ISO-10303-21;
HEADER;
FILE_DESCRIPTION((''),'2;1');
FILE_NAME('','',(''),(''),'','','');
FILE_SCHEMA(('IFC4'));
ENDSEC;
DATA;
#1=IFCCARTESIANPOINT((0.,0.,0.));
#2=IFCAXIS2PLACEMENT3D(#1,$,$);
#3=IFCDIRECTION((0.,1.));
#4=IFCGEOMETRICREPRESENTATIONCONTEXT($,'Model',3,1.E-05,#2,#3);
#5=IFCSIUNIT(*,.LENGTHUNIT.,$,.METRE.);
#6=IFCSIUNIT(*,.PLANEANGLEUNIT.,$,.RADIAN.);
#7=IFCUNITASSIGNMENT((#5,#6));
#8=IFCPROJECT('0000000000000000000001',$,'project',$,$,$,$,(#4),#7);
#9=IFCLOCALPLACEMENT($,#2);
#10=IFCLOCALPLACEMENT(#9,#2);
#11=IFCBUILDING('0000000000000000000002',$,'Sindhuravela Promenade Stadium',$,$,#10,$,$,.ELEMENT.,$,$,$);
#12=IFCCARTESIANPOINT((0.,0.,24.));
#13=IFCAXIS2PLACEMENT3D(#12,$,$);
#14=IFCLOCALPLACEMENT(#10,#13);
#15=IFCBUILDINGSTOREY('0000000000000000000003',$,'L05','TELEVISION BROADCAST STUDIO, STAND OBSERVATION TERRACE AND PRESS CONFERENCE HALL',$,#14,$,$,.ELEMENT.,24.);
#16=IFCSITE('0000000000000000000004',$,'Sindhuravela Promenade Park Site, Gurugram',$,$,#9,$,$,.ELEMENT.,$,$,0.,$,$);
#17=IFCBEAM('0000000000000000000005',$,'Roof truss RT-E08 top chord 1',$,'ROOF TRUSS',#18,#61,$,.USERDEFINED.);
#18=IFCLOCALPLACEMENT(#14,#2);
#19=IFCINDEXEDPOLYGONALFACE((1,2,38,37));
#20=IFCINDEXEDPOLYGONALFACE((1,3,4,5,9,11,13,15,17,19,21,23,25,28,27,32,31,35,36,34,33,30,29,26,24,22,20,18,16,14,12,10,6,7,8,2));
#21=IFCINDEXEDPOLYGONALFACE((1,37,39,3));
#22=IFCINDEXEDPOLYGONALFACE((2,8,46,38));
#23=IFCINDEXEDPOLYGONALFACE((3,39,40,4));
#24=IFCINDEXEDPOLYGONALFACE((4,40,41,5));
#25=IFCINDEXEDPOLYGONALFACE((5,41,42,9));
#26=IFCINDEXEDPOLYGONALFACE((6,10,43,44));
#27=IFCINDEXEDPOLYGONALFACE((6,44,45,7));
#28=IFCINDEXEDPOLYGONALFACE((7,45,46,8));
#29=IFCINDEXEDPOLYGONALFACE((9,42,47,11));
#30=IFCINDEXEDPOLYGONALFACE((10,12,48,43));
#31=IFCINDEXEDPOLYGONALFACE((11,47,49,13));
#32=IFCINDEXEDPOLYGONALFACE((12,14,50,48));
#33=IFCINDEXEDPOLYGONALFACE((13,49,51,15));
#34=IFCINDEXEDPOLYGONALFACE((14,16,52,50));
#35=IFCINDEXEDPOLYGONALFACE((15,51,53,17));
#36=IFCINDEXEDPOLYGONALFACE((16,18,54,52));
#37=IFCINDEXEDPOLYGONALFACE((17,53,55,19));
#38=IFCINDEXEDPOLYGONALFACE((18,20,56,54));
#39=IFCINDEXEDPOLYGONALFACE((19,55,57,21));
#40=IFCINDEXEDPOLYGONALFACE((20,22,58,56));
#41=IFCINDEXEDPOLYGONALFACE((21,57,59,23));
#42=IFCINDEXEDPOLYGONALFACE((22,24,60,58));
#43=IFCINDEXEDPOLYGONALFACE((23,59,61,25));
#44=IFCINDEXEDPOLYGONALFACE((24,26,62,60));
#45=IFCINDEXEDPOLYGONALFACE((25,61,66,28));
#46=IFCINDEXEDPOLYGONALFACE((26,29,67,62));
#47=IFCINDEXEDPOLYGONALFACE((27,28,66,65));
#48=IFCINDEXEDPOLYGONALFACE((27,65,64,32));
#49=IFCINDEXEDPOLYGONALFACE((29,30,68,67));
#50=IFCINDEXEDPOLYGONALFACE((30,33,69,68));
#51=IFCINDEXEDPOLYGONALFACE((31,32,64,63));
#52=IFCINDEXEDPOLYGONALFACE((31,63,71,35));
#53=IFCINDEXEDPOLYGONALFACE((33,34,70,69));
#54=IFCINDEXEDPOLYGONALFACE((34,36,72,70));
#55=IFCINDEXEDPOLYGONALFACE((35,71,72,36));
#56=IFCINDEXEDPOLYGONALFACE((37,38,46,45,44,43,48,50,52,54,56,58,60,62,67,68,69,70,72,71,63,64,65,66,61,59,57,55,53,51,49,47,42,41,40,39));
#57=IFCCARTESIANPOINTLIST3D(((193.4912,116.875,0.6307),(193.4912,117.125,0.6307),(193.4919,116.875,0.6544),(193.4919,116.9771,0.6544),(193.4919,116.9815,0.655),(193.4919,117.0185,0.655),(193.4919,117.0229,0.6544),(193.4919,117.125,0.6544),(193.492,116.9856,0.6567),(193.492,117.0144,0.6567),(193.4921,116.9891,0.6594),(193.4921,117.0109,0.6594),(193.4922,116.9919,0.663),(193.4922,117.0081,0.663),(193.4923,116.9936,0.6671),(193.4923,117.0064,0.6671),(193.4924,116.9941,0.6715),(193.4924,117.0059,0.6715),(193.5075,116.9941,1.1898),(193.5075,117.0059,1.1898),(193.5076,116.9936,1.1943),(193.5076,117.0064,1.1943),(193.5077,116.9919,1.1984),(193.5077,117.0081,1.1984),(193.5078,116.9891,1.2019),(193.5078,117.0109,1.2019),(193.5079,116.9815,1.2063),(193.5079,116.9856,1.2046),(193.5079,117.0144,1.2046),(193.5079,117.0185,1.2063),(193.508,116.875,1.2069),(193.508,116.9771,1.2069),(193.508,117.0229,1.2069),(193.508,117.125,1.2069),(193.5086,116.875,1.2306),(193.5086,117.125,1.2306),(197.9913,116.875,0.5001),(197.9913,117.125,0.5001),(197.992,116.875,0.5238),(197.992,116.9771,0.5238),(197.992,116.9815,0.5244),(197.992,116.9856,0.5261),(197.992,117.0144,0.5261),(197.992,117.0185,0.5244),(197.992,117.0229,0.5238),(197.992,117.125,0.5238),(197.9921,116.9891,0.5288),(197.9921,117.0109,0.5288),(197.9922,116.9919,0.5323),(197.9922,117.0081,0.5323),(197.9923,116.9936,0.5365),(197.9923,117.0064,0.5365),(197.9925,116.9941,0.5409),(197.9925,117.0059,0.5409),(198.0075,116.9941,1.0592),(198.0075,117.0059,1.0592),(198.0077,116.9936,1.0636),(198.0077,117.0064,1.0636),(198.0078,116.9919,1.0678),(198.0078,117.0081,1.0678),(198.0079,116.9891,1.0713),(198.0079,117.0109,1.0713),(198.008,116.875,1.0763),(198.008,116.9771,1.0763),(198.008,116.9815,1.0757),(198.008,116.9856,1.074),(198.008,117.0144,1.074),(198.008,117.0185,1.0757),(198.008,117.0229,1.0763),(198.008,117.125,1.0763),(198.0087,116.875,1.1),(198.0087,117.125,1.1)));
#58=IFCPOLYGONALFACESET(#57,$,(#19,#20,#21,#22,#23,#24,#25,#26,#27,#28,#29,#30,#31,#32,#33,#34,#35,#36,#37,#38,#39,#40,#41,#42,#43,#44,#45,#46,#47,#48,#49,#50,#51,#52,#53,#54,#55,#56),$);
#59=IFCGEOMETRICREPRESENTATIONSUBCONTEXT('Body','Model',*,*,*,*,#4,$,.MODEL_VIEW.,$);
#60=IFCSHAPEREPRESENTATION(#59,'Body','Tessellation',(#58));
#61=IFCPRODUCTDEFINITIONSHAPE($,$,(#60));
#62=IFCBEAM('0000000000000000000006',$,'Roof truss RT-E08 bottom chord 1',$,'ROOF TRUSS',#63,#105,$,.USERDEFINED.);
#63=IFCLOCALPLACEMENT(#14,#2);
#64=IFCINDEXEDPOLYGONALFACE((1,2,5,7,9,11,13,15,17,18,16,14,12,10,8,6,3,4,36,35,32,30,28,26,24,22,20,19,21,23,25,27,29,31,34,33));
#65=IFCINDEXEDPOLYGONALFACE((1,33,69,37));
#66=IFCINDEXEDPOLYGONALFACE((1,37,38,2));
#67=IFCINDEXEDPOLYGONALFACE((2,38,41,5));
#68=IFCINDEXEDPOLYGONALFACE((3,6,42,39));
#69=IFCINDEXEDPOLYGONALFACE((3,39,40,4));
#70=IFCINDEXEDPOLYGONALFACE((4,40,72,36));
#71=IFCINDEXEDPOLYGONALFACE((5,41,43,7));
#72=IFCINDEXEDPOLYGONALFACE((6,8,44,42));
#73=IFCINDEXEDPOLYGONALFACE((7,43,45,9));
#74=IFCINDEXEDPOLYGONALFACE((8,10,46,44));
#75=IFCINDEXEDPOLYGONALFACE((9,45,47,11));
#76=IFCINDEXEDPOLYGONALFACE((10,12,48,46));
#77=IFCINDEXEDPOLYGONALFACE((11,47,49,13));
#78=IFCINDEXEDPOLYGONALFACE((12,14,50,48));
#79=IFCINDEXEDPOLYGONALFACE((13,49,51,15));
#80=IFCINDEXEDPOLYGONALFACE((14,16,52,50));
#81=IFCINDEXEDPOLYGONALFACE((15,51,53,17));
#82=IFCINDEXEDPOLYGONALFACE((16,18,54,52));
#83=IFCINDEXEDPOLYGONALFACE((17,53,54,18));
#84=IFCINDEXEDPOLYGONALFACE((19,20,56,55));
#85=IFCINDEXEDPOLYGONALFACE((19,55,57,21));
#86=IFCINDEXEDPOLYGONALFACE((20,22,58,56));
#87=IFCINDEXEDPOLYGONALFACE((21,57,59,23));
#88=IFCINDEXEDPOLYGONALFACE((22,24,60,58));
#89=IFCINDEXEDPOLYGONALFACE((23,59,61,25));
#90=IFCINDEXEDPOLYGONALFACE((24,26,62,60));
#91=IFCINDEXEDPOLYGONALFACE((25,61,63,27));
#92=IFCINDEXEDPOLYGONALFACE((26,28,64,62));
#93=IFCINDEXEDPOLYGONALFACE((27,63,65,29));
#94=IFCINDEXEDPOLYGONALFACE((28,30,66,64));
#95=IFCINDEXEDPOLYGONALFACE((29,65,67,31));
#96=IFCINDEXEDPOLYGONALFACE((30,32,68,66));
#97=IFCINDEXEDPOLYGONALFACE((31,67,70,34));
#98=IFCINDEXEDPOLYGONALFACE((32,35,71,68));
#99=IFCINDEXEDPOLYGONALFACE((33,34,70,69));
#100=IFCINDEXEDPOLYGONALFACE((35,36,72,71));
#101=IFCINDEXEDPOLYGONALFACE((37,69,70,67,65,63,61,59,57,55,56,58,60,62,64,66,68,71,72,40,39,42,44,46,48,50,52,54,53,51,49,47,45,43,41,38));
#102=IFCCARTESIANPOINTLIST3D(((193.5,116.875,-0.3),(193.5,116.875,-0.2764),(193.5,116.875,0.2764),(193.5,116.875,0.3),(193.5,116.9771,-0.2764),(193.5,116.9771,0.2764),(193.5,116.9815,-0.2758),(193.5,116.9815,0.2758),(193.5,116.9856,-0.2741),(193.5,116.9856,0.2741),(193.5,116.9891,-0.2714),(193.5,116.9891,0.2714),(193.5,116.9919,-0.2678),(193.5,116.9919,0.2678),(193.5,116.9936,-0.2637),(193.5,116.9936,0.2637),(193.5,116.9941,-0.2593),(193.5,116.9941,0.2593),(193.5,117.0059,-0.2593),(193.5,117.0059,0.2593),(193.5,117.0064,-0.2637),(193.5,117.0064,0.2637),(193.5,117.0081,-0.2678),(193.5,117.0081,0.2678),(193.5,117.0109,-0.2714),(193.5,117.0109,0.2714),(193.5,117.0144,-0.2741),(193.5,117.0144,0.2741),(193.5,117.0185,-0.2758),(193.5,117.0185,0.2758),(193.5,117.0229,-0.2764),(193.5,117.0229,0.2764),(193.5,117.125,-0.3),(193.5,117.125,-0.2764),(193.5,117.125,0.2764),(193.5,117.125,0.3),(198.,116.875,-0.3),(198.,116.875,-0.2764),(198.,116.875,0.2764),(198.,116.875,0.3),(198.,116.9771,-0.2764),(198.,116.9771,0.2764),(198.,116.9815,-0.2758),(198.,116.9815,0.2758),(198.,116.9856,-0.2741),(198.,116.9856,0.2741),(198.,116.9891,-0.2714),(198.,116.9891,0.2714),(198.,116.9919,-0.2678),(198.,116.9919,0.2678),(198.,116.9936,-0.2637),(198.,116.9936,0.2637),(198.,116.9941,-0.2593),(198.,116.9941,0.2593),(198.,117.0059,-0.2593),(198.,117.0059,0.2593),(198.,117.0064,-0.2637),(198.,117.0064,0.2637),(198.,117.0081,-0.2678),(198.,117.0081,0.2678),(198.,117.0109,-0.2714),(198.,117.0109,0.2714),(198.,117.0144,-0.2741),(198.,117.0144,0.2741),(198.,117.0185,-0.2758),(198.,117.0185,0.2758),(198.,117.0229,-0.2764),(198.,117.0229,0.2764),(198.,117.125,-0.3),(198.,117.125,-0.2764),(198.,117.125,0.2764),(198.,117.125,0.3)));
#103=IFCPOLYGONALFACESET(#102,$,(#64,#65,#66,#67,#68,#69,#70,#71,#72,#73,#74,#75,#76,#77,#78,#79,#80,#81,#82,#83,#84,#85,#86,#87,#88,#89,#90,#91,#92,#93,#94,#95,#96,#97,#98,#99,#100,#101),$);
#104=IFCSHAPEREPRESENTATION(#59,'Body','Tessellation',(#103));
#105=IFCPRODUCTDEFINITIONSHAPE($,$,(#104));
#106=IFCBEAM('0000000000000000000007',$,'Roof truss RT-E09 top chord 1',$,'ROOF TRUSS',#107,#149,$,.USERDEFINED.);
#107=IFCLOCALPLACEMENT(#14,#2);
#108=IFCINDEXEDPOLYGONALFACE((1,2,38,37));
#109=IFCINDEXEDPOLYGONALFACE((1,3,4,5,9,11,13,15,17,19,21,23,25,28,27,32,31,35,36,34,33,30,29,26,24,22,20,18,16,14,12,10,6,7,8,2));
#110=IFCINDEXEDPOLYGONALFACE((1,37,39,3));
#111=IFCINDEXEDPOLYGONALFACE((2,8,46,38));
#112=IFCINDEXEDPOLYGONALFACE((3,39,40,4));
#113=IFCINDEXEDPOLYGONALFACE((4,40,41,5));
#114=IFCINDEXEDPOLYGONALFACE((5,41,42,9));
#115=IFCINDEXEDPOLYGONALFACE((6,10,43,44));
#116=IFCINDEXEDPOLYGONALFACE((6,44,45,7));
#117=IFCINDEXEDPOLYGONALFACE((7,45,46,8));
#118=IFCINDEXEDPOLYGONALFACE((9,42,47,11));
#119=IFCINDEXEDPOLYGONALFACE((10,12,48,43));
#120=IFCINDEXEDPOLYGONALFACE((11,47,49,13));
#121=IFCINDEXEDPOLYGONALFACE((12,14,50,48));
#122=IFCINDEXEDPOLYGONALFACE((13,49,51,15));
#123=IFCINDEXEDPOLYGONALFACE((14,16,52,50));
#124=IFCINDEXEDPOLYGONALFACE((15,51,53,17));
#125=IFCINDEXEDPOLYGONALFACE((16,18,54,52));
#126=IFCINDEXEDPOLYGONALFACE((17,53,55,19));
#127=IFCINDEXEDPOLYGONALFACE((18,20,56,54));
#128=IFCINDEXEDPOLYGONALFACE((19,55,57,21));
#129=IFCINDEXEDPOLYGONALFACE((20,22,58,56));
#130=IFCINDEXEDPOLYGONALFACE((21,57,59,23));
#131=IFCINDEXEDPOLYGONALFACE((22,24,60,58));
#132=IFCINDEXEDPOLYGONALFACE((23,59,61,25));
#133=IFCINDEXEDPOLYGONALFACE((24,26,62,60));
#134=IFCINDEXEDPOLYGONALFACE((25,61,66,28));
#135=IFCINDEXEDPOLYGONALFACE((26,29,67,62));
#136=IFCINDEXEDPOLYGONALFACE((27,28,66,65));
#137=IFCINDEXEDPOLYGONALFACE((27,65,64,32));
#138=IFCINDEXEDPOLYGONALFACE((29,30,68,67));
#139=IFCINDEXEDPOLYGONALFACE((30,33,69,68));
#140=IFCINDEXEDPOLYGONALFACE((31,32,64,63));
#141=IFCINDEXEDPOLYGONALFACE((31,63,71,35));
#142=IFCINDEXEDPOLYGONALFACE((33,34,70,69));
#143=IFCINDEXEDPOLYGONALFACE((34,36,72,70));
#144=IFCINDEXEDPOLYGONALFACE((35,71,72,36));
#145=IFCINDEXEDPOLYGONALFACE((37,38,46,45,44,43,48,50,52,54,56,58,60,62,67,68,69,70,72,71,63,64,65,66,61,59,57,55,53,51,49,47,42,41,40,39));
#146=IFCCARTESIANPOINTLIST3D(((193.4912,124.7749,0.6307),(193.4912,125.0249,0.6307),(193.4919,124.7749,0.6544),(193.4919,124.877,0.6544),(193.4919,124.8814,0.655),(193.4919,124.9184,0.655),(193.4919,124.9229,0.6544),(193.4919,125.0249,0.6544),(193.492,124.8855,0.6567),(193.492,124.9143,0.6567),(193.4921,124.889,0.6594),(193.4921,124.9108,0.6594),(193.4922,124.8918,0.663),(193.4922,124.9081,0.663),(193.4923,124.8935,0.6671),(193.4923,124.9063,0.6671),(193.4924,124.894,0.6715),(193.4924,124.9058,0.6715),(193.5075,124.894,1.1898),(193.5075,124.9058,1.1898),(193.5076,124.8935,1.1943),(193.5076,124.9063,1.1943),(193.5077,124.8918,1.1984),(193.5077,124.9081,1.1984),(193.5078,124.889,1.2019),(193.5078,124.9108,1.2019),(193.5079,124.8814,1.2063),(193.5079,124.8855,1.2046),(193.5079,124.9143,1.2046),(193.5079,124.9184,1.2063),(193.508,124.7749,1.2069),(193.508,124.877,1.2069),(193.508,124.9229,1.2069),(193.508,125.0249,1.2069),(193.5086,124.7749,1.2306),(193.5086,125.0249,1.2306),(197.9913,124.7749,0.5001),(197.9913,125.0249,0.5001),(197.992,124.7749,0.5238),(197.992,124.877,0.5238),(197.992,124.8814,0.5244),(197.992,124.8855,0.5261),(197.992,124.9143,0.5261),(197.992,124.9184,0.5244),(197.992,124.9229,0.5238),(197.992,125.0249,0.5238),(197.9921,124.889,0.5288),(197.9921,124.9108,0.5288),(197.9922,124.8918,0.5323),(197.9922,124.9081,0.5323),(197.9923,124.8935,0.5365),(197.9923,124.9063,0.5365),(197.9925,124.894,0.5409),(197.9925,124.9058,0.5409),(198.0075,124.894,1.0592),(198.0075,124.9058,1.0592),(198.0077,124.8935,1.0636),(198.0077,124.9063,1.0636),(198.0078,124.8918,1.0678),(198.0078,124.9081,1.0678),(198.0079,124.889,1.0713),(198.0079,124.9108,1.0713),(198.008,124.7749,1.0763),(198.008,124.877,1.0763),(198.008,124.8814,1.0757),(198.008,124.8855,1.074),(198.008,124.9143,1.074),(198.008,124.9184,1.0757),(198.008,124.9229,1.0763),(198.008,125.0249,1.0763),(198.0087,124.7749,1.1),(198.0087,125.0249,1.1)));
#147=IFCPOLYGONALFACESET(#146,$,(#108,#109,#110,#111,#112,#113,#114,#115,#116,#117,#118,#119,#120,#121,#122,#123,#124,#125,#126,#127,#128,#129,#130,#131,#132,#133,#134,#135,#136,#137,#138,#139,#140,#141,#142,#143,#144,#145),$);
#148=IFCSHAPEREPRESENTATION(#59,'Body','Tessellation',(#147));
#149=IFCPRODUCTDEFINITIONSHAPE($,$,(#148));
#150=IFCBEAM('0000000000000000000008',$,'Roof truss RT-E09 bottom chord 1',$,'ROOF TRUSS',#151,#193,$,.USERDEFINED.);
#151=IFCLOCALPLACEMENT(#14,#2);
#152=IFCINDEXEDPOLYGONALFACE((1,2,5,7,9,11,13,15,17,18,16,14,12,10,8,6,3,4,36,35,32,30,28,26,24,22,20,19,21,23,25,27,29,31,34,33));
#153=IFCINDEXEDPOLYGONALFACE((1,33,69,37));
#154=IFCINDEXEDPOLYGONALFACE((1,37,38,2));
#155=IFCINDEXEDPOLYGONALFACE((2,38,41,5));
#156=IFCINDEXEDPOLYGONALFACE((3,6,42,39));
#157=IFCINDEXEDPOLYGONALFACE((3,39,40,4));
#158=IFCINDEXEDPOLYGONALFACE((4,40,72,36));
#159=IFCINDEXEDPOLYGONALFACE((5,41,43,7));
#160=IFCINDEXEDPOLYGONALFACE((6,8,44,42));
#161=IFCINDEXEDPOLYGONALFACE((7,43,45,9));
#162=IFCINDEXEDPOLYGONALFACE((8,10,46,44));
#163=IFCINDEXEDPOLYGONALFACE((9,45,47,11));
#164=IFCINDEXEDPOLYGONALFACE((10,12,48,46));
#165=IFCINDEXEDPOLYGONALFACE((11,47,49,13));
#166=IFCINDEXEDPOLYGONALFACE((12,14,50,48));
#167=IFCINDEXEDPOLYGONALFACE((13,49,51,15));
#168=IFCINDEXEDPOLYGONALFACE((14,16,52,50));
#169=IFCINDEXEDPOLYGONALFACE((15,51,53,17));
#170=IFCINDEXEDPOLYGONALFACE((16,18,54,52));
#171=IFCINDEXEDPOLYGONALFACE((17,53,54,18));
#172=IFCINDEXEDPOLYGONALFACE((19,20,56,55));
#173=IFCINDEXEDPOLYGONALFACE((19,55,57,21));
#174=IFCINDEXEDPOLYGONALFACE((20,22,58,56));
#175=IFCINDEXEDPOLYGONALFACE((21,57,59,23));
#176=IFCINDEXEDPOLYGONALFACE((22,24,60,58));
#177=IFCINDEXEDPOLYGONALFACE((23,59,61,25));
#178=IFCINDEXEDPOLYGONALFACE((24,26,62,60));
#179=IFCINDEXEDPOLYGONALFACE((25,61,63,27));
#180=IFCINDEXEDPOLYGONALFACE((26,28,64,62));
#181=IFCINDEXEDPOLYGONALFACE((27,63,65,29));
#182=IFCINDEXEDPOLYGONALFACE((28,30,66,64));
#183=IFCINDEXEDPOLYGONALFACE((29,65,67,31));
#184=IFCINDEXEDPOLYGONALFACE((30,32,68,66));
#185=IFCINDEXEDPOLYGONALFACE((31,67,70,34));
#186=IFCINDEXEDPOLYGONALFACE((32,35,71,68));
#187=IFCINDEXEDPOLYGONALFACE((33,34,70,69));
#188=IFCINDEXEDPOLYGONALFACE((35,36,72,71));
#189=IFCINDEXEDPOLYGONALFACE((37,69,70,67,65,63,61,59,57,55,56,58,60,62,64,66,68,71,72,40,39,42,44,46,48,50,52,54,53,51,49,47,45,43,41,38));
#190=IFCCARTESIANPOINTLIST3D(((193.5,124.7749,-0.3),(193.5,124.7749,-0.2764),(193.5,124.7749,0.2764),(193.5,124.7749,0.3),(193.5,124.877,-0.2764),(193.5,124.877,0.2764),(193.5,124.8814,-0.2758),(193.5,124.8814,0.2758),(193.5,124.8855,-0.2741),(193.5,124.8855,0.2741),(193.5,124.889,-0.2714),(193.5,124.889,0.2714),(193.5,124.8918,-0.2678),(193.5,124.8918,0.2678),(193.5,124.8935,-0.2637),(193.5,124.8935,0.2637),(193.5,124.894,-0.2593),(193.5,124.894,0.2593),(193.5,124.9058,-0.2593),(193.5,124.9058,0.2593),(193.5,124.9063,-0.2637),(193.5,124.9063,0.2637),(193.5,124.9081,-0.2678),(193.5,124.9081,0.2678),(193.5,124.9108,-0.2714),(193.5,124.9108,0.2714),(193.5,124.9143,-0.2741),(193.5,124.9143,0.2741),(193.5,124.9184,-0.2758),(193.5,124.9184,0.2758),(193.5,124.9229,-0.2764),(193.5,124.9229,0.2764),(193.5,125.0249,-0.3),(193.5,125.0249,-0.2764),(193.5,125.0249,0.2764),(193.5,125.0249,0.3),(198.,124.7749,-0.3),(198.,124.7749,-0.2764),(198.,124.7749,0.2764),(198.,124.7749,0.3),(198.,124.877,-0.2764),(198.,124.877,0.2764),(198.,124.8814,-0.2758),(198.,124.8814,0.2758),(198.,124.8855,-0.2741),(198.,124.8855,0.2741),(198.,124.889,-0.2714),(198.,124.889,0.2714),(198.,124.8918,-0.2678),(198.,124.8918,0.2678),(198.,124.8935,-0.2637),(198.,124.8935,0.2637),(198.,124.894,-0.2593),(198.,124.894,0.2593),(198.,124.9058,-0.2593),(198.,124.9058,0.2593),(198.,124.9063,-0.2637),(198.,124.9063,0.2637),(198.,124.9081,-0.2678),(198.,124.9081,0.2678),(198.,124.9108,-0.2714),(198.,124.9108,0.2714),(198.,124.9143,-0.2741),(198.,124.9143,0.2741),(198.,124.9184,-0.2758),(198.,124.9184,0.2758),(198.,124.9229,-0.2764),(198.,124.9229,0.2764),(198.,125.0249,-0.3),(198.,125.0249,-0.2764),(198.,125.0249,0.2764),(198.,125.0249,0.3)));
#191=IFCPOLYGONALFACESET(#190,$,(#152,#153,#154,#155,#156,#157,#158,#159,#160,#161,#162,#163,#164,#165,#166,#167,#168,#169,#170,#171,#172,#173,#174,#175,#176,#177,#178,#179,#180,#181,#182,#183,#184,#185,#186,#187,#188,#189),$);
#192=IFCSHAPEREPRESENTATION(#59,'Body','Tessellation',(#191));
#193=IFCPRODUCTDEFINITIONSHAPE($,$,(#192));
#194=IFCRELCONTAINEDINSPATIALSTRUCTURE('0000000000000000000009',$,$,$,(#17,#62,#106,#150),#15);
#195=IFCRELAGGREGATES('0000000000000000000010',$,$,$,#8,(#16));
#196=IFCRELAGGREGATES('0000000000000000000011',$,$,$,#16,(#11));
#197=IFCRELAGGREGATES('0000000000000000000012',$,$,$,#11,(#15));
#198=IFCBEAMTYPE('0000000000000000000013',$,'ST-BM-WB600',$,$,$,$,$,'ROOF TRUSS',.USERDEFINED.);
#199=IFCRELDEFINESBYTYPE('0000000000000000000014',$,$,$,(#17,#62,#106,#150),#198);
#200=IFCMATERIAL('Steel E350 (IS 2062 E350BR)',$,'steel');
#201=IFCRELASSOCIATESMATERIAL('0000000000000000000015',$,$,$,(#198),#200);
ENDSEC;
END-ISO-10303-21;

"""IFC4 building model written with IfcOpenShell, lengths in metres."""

from ifc_helpers import new_model, si_unit, direction, frame, origin, origin_2d, place, context, subcontext, project, spatial, i_section, extrude, material, material_profile, profile_set, type_object, element, save


model = new_model("IFC4")

# Units and contexts
model_context = context("Model", 3, precision=1e-05, world=origin(), true_north=direction((0.0, 1.0)))
body_context = subcontext(model_context, "Body", "Model", "MODEL_VIEW")
ifc_project = project(units=[si_unit("LENGTHUNIT", "METRE"), si_unit("PLANEANGLEUNIT", "RADIAN")], contexts=[model_context])

# Site, building, storey
site_placement = place(None, origin())
site = spatial("IfcSite", under=ifc_project, at=site_placement, Name="Sindhuravela Promenade Park Site, Gurugram", CompositionType="ELEMENT", RefElevation=0.0)
building_placement = place(site_placement, origin())
building = spatial("IfcBuilding", under=site, at=building_placement, Name="Sindhuravela Promenade Stadium", CompositionType="ELEMENT")
storey_placement = place(building_placement, frame((0.0, 0.0, 24.0)))
storey = spatial("IfcBuildingStorey", under=building, at=storey_placement, Name="L05", Description="TELEVISION BROADCAST STUDIO, STAND OBSERVATION TERRACE AND PRESS CONFERENCE HALL", CompositionType="ELEMENT", Elevation=24.0)

# Beams
ifc_material_1 = material(Name="Steel E350 (IS 2062 E350BR)", Category="steel")
ifc_material_profile_1 = material_profile(ifc_material_1, i_section(OverallWidth=0.25, OverallDepth=0.6001, WebThickness=0.0117, FlangeThickness=0.0237, FilletRadius=0.0171, at=origin_2d()), Name="ISWB 600")
ifc_profile_set_1 = profile_set([ifc_material_profile_1], Name="Steel E350 (IS 2062 E350BR)")
beam_type_1 = type_object("IfcBeamType", Name="ST-BM-WB600", ElementType="ROOF TRUSS", PredefinedType="USERDEFINED", material=ifc_profile_set_1)
beam_1_placement = place(storey_placement, frame((198.0, 117.0, 0.8), z_axis=(-0.999579, 0.0, 0.029013), x_axis=(0.0, -1.0, 0.0)))
element("IfcBeam", 1, at=beam_1_placement, inside=storey, type_object=beam_type_1, Name="Roof truss RT-E08 top chord 1", ObjectType="ROOF TRUSS", PredefinedType="USERDEFINED", context=body_context, shape_type="SweptSolid", body=[
    extrude(i_section(OverallWidth=0.25, OverallDepth=0.6001, WebThickness=0.0117, FlangeThickness=0.0237, FilletRadius=0.0171, at=origin_2d()), origin(), (0.0, 0.0, 1.0), 4.502),
])
beam_2_placement = place(storey_placement, frame((198.0, 117.0, 0.0), z_axis=(-1.0, 0.0, 0.0), x_axis=(0.0, -1.0, 0.0)))
element("IfcBeam", 2, at=beam_2_placement, inside=storey, type_object=beam_type_1, Name="Roof truss RT-E08 bottom chord 1", ObjectType="ROOF TRUSS", PredefinedType="USERDEFINED", context=body_context, shape_type="SweptSolid", body=[
    extrude(i_section(OverallWidth=0.25, OverallDepth=0.6001, WebThickness=0.0117, FlangeThickness=0.0237, FilletRadius=0.0171, at=origin_2d()), origin(), (0.0, 0.0, 1.0), 4.5),
])
beam_3_placement = place(storey_placement, frame((198.0, 124.8999, 0.8), z_axis=(-0.999579, 0.0, 0.029013), x_axis=(0.0, -1.0, 0.0)))
element("IfcBeam", 3, at=beam_3_placement, inside=storey, type_object=beam_type_1, Name="Roof truss RT-E09 top chord 1", ObjectType="ROOF TRUSS", PredefinedType="USERDEFINED", context=body_context, shape_type="SweptSolid", body=[
    extrude(i_section(OverallWidth=0.25, OverallDepth=0.6001, WebThickness=0.0117, FlangeThickness=0.0237, FilletRadius=0.0171, at=origin_2d()), origin(), (0.0, 0.0, 1.0), 4.502),
])
beam_4_placement = place(storey_placement, frame((198.0, 124.8999, 0.0), z_axis=(-1.0, 0.0, 0.0), x_axis=(0.0, -1.0, 0.0)))
element("IfcBeam", 4, at=beam_4_placement, inside=storey, type_object=beam_type_1, Name="Roof truss RT-E09 bottom chord 1", ObjectType="ROOF TRUSS", PredefinedType="USERDEFINED", context=body_context, shape_type="SweptSolid", body=[
    extrude(i_section(OverallWidth=0.25, OverallDepth=0.6001, WebThickness=0.0117, FlangeThickness=0.0237, FilletRadius=0.0171, at=origin_2d()), origin(), (0.0, 0.0, 1.0), 4.5),
])

save(model, "model.ifc")
